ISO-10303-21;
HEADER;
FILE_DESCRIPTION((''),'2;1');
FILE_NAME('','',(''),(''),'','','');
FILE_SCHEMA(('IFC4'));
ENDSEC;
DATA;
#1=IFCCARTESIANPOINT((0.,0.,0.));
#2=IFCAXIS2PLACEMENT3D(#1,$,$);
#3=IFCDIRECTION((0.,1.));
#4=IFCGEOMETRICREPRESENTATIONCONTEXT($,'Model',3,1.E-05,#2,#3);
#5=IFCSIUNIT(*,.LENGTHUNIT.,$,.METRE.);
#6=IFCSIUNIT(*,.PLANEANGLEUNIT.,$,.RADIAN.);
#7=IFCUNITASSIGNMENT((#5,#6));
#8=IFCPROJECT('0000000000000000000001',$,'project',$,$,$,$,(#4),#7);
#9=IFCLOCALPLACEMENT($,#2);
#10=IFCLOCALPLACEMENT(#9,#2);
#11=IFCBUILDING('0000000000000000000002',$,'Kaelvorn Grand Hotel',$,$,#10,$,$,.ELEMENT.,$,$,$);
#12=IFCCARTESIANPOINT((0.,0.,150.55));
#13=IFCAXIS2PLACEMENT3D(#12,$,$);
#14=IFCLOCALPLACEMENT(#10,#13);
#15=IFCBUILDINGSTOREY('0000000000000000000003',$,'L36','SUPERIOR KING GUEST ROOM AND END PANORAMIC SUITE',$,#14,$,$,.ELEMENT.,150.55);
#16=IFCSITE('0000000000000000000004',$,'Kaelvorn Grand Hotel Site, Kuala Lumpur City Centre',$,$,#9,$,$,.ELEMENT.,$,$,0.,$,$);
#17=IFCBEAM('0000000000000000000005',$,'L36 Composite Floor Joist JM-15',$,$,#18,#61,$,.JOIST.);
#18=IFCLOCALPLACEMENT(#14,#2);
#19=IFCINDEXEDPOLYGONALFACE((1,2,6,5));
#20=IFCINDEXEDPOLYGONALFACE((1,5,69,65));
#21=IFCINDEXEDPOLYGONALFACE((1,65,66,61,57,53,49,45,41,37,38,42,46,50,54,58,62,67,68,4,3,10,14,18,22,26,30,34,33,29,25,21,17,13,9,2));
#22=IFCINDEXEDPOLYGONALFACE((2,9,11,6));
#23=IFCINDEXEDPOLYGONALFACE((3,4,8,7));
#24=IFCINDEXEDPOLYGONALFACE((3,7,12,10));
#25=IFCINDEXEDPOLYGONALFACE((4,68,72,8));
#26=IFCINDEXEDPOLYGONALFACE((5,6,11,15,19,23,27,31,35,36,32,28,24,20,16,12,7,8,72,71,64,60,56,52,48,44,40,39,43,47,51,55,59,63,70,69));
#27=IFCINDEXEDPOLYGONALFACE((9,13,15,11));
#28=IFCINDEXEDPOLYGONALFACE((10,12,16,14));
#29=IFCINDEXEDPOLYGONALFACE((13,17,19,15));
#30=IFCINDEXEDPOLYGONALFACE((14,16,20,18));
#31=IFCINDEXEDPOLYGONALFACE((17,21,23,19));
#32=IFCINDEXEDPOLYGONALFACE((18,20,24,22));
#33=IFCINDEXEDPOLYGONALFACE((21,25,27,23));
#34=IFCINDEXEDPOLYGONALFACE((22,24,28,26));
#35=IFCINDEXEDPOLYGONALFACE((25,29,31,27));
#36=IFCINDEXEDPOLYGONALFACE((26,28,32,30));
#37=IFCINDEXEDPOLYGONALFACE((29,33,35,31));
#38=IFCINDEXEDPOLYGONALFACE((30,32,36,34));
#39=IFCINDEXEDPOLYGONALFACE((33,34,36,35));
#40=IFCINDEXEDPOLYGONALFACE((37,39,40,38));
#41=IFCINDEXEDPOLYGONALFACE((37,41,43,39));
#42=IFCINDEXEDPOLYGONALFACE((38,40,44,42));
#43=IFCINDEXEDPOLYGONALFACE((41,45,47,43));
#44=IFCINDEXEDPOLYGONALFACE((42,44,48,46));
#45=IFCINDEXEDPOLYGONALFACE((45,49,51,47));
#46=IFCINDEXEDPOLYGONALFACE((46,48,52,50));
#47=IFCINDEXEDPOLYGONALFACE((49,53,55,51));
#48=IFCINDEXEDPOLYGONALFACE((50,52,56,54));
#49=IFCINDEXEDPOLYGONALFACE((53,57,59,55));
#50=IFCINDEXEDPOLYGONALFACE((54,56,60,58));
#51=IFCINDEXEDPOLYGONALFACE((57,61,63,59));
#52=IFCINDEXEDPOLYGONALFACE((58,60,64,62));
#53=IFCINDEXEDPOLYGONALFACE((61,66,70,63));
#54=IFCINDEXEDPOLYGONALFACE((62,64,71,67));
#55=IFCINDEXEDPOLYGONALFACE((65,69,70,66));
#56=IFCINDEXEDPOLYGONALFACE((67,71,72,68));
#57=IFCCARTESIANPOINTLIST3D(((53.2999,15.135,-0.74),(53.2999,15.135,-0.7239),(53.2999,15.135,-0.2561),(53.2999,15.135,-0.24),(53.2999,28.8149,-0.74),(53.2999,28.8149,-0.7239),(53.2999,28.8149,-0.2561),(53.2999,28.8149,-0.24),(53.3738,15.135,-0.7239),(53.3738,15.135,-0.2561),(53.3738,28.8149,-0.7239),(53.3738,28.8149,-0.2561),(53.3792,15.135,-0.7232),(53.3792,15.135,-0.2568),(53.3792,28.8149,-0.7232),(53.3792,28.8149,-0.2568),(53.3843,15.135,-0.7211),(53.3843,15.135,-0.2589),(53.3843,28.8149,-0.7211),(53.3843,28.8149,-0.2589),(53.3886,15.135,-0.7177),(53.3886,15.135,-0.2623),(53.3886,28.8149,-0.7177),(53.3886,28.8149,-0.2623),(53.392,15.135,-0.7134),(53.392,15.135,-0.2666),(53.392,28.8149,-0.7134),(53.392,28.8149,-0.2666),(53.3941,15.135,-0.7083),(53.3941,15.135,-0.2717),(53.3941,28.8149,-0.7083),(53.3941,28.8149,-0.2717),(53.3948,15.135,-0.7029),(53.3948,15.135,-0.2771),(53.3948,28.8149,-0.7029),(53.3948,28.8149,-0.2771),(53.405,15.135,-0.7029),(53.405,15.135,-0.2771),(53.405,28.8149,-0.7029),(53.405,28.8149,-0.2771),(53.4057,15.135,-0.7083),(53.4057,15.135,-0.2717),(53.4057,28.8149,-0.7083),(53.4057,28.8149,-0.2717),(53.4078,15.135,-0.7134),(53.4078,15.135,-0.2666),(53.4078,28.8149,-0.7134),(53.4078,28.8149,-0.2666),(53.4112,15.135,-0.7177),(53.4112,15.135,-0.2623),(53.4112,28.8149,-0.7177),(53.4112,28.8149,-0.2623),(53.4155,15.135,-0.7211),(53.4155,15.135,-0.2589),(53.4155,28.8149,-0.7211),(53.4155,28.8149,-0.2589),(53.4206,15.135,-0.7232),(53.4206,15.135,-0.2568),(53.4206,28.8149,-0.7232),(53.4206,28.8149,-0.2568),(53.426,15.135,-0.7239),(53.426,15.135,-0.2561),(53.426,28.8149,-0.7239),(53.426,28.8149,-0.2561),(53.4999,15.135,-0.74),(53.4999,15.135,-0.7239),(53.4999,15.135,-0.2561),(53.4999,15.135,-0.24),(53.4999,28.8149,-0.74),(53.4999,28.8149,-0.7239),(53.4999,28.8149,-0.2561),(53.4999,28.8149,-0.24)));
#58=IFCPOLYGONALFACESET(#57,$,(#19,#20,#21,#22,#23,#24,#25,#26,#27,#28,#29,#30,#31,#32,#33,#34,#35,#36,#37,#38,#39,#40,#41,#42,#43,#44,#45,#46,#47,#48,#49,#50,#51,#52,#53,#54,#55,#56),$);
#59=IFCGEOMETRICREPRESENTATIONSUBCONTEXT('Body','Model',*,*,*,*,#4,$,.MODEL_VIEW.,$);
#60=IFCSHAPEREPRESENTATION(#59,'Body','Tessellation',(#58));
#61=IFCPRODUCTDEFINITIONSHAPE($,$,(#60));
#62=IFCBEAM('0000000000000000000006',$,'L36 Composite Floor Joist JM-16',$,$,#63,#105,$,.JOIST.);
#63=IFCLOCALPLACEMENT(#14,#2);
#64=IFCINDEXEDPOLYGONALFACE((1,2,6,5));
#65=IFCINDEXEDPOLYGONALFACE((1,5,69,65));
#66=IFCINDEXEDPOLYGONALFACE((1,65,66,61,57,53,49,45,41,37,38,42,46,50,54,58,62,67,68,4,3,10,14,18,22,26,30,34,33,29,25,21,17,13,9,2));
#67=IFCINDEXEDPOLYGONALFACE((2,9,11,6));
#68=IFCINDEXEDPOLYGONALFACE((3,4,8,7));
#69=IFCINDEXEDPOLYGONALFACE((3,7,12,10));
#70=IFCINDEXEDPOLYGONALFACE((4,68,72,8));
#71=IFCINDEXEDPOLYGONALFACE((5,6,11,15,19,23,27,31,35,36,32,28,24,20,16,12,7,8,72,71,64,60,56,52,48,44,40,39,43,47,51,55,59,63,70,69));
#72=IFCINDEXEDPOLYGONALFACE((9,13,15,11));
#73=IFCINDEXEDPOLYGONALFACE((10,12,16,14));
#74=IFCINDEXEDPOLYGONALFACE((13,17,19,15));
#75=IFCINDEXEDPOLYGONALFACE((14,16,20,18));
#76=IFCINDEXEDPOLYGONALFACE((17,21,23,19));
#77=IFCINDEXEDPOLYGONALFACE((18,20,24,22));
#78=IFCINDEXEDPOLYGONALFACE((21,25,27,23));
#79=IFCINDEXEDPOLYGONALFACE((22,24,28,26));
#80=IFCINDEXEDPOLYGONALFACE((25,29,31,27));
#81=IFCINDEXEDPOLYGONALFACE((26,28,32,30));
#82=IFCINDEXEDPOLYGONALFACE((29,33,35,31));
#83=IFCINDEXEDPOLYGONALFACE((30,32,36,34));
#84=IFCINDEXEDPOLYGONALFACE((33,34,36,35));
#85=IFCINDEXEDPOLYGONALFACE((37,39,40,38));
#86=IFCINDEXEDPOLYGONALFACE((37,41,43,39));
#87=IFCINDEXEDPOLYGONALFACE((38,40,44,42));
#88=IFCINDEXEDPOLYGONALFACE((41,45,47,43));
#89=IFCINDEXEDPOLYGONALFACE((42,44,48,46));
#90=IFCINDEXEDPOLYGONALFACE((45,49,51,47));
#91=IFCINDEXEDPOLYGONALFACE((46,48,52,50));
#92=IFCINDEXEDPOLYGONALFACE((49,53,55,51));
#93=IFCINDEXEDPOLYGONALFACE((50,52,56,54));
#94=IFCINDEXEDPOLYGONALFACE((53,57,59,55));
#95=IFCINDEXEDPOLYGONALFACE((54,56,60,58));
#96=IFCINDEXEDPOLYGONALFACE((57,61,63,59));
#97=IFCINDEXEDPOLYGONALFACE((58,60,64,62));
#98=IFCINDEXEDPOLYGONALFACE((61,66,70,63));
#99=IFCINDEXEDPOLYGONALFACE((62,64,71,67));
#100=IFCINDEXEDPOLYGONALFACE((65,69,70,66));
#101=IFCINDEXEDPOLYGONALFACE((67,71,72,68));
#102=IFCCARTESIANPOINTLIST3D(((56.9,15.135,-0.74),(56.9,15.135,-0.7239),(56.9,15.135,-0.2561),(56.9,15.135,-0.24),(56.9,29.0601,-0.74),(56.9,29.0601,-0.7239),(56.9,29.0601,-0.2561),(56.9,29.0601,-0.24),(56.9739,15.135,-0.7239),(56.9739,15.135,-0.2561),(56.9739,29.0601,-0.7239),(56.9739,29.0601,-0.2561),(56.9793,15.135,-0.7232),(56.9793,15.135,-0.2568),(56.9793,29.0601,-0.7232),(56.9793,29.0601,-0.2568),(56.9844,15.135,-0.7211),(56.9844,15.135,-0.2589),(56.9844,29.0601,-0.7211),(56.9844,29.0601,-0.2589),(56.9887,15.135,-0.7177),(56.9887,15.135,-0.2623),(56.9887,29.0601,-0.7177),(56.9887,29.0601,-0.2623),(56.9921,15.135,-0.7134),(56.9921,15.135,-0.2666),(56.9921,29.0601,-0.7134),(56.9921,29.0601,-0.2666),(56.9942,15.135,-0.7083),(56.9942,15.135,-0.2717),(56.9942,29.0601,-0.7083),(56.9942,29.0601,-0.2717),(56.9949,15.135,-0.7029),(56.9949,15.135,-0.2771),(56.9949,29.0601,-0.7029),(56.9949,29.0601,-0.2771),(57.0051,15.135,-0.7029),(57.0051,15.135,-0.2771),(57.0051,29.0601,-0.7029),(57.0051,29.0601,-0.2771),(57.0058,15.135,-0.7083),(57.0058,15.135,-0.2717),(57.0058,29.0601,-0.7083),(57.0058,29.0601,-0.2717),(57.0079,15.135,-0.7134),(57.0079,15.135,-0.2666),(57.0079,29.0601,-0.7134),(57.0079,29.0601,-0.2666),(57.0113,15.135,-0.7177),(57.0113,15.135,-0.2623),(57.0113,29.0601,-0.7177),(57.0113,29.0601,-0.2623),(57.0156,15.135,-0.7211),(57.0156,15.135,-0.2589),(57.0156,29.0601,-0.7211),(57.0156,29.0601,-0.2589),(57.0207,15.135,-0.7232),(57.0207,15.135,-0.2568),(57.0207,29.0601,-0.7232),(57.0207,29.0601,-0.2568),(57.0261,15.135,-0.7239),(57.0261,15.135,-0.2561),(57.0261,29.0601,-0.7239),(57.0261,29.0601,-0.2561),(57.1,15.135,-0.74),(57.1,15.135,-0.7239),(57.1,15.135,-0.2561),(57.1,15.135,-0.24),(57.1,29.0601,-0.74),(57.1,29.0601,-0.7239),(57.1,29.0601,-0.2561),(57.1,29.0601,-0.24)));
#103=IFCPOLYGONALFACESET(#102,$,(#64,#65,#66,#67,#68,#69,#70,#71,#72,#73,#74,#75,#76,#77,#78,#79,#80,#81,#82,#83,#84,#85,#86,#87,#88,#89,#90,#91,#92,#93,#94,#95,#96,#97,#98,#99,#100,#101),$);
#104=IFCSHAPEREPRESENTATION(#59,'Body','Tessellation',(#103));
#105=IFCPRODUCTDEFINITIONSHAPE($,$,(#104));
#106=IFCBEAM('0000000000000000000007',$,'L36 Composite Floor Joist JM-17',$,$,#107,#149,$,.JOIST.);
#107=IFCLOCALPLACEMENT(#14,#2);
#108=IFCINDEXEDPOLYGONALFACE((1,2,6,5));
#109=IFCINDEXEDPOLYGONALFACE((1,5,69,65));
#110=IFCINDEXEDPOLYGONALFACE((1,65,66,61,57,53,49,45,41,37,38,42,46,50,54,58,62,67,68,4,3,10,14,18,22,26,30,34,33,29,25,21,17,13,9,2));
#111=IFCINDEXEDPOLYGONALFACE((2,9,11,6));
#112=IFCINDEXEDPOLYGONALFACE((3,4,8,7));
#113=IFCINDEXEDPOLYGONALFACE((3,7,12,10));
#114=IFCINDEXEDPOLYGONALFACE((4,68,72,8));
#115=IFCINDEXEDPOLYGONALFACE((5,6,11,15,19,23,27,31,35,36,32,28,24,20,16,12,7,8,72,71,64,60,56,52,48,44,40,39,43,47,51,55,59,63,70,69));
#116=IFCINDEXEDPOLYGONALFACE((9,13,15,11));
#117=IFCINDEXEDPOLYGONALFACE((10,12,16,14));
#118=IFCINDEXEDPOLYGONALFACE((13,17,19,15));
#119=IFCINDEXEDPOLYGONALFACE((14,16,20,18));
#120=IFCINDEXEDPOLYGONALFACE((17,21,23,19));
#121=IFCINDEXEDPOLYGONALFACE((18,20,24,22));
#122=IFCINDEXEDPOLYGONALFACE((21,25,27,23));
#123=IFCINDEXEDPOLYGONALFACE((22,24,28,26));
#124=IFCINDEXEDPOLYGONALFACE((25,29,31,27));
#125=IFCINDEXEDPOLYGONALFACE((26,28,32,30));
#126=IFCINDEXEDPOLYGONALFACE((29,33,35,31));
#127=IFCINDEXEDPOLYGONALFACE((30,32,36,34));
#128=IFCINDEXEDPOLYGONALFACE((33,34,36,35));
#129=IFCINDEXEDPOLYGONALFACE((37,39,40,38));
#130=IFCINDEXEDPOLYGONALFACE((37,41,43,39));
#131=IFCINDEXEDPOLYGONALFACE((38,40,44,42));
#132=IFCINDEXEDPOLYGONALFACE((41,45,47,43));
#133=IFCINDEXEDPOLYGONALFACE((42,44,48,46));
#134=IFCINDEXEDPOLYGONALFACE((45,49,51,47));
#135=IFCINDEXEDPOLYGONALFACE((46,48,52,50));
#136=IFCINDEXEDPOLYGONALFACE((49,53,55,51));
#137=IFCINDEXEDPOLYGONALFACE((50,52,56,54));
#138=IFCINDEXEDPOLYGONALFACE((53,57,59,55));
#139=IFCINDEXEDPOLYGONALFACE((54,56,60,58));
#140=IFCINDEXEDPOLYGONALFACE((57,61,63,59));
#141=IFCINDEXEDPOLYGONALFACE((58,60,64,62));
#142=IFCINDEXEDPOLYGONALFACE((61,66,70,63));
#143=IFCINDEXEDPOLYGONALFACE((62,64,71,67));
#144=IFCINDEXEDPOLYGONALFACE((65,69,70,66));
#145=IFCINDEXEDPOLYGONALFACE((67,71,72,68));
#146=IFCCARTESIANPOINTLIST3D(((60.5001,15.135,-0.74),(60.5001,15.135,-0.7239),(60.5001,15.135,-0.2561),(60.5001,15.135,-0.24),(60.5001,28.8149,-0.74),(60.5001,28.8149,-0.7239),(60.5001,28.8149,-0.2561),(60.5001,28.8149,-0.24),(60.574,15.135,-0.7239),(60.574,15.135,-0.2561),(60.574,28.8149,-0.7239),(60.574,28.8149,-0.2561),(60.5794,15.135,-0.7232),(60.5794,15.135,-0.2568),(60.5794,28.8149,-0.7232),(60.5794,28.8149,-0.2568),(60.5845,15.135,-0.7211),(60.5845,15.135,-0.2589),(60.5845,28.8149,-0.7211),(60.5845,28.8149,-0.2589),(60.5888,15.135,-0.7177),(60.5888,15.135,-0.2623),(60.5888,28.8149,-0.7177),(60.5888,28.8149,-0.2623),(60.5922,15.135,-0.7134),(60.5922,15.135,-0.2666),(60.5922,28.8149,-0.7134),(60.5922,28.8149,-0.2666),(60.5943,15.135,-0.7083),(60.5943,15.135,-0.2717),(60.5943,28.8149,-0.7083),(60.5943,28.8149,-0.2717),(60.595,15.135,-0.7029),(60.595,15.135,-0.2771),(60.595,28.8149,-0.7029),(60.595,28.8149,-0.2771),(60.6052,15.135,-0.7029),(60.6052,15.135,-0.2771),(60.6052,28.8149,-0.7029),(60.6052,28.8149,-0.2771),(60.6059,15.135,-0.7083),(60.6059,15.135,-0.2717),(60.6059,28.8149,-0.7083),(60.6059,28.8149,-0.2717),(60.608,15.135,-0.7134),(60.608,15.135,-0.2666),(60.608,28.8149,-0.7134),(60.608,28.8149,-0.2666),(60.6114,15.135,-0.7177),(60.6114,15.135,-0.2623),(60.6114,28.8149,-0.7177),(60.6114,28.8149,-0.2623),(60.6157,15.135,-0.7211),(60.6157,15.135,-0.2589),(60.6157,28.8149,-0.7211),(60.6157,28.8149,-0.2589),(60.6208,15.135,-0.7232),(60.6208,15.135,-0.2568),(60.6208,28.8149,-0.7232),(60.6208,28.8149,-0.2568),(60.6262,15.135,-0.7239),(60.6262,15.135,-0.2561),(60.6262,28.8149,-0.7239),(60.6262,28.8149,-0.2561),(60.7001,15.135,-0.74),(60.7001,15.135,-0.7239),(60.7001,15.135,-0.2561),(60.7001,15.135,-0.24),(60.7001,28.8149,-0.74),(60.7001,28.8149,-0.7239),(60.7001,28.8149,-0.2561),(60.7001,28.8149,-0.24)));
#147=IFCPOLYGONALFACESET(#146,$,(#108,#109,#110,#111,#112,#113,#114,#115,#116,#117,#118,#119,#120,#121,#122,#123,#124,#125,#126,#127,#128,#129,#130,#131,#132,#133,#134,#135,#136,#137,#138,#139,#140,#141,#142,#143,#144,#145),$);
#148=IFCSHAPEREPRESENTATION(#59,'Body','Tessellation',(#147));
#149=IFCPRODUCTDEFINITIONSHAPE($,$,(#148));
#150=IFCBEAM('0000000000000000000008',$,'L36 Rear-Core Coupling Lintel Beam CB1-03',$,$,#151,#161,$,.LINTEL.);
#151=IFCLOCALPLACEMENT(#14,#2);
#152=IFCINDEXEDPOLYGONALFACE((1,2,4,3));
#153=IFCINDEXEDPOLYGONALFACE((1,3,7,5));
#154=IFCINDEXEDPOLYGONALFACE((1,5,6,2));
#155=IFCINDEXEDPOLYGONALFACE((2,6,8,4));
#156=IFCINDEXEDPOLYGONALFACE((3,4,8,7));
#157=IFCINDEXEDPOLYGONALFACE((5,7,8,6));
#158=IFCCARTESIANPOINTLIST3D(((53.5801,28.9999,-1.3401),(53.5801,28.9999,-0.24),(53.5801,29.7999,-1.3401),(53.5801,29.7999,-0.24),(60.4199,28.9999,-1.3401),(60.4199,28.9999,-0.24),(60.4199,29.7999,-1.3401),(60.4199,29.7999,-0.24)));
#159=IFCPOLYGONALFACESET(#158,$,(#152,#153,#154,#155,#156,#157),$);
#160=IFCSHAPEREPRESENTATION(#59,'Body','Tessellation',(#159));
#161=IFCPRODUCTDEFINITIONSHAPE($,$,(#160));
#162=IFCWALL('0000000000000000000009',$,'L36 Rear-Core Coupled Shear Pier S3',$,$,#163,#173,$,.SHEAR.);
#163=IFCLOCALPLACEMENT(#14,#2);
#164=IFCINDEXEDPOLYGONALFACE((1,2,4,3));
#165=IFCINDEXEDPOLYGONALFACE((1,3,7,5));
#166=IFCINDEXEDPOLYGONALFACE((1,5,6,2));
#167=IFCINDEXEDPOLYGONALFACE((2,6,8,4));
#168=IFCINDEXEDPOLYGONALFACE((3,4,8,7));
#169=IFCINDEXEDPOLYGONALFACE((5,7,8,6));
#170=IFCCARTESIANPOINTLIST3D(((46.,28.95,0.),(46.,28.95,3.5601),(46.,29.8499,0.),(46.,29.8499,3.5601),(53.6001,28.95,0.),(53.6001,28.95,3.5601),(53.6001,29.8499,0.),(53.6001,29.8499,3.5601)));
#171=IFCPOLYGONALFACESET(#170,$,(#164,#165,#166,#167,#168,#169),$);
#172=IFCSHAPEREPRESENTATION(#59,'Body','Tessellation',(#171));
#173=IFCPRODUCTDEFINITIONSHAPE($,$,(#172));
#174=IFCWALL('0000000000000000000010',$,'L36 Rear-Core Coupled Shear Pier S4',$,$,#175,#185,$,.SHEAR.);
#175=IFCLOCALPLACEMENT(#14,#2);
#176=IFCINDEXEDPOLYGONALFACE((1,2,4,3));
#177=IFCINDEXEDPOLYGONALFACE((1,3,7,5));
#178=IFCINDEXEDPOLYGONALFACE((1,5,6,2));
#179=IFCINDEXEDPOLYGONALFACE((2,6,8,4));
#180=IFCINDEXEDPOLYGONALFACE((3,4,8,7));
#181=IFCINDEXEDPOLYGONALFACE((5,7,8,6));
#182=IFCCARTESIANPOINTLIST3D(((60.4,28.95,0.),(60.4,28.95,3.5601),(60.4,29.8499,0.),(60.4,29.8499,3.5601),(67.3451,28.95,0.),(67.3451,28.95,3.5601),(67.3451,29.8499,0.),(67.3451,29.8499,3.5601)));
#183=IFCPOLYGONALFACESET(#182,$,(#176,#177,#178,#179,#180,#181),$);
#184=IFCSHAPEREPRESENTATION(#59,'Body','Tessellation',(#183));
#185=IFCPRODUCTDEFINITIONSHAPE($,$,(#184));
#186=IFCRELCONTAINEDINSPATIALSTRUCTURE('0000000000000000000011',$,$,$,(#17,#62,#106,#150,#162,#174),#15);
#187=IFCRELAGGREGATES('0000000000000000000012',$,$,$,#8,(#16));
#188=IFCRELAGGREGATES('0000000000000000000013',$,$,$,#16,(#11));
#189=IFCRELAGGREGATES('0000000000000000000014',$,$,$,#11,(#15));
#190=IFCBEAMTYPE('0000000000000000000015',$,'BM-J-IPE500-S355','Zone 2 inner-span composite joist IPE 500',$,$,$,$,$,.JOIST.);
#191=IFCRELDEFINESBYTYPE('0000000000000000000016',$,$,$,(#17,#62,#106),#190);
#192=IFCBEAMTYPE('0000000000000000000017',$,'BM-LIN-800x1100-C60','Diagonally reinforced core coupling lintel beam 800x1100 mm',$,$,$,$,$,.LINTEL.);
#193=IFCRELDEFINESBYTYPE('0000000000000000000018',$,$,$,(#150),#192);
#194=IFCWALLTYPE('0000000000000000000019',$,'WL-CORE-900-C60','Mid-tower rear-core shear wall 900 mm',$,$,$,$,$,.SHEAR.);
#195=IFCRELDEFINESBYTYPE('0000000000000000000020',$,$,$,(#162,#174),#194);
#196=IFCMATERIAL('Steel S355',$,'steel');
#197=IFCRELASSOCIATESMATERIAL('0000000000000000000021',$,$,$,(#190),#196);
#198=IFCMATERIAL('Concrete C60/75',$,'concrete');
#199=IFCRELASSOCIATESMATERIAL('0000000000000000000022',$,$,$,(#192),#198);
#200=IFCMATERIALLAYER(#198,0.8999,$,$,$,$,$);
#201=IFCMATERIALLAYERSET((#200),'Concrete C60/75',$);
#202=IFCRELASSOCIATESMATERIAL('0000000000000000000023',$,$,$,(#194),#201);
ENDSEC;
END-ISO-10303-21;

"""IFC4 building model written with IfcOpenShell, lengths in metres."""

from ifc_helpers import new_model, si_unit, direction, frame, frame_2d, origin, origin_2d, place, context, subcontext, project, spatial, rectangle, i_section, extrude, material, layer, layer_set, material_profile, profile_set, type_object, element, save


model = new_model("IFC4")

# Units and contexts
model_context = context("Model", 3, precision=1e-05, world=origin(), true_north=direction((0.0, 1.0)))
body_context = subcontext(model_context, "Body", "Model", "MODEL_VIEW")
ifc_project = project(units=[si_unit("LENGTHUNIT", "METRE"), si_unit("PLANEANGLEUNIT", "RADIAN")], contexts=[model_context])

# Site, building, storey
site_placement = place(None, origin())
site = spatial("IfcSite", under=ifc_project, at=site_placement, Name="Kaelvorn Grand Hotel Site, Kuala Lumpur City Centre", CompositionType="ELEMENT", RefElevation=0.0)
building_placement = place(site_placement, origin())
building = spatial("IfcBuilding", under=site, at=building_placement, Name="Kaelvorn Grand Hotel", CompositionType="ELEMENT")
storey_placement = place(building_placement, frame((0.0, 0.0, 150.55)))
storey = spatial("IfcBuildingStorey", under=building, at=storey_placement, Name="L36", Description="SUPERIOR KING GUEST ROOM AND END PANORAMIC SUITE", CompositionType="ELEMENT", Elevation=150.55)

# Shared definitions
ifc_material_1 = material(Name="Concrete C60/75", Category="concrete")

# Beams
ifc_material_2 = material(Name="Steel S355", Category="steel")
ifc_material_profile_1 = material_profile(ifc_material_2, i_section(OverallWidth=0.2, OverallDepth=0.5, WebThickness=0.0103, FlangeThickness=0.0161, FilletRadius=0.021, at=origin_2d()), Name="IPE 500")
ifc_profile_set_1 = profile_set([ifc_material_profile_1], Name="Steel S355")
beam_type_1 = type_object("IfcBeamType", Name="BM-J-IPE500-S355", Description="Zone 2 inner-span composite joist IPE 500", PredefinedType="JOIST", material=ifc_profile_set_1)
beam_1_placement = place(storey_placement, frame((53.3999, 15.135, -0.49), z_axis=(0.0, 1.0, 0.0), x_axis=(-1.0, 0.0, 0.0)))
element("IfcBeam", 1, at=beam_1_placement, inside=storey, type_object=beam_type_1, Name="L36 Composite Floor Joist JM-15", PredefinedType="JOIST", context=body_context, shape_type="SweptSolid", body=[
    extrude(i_section(OverallWidth=0.2, OverallDepth=0.5, WebThickness=0.0103, FlangeThickness=0.0161, FilletRadius=0.021, at=origin_2d()), origin(), (0.0, 0.0, 1.0), 13.6799),
])
beam_2_placement = place(storey_placement, frame((57.0, 15.135, -0.49), z_axis=(0.0, 1.0, 0.0), x_axis=(-1.0, 0.0, 0.0)))
element("IfcBeam", 2, at=beam_2_placement, inside=storey, type_object=beam_type_1, Name="L36 Composite Floor Joist JM-16", PredefinedType="JOIST", context=body_context, shape_type="SweptSolid", body=[
    extrude(i_section(OverallWidth=0.2, OverallDepth=0.5, WebThickness=0.0103, FlangeThickness=0.0161, FilletRadius=0.021, at=origin_2d()), origin(), (0.0, 0.0, 1.0), 13.925),
])
beam_3_placement = place(storey_placement, frame((60.6001, 15.135, -0.49), z_axis=(0.0, 1.0, 0.0), x_axis=(-1.0, 0.0, 0.0)))
element("IfcBeam", 3, at=beam_3_placement, inside=storey, type_object=beam_type_1, Name="L36 Composite Floor Joist JM-17", PredefinedType="JOIST", context=body_context, shape_type="SweptSolid", body=[
    extrude(i_section(OverallWidth=0.2, OverallDepth=0.5, WebThickness=0.0103, FlangeThickness=0.0161, FilletRadius=0.021, at=origin_2d()), origin(), (0.0, 0.0, 1.0), 13.6799),
])
ifc_material_profile_2 = material_profile(ifc_material_1, rectangle(XDim=0.8, YDim=1.1001, at=origin_2d()), Name="RC LINTEL 800x1100")
ifc_profile_set_2 = profile_set([ifc_material_profile_2], Name="Concrete C60/75")
beam_type_2 = type_object("IfcBeamType", Name="BM-LIN-800x1100-C60", Description="Diagonally reinforced core coupling lintel beam 800x1100 mm", PredefinedType="LINTEL", material=ifc_profile_set_2)
beam_4_placement = place(storey_placement, frame((53.5801, 29.3999, -0.79), z_axis=(1.0, 0.0, 0.0), x_axis=(0.0, 1.0, 0.0)))
element("IfcBeam", 4, at=beam_4_placement, inside=storey, type_object=beam_type_2, Name="L36 Rear-Core Coupling Lintel Beam CB1-03", PredefinedType="LINTEL", context=body_context, shape_type="SweptSolid", body=[
    extrude(rectangle(XDim=0.8, YDim=1.1001, at=origin_2d()), origin(), (0.0, 0.0, 1.0), 6.8398),
])

# Walls
ifc_layer_1 = layer(ifc_material_1, 0.8999)
ifc_layer_set_1 = layer_set([ifc_layer_1], Name="Concrete C60/75")
wall_type_1 = type_object("IfcWallType", Name="WL-CORE-900-C60", Description="Mid-tower rear-core shear wall 900 mm", PredefinedType="SHEAR", material=ifc_layer_set_1)
wall_1_placement = place(storey_placement, frame((46.0, 29.3999, 0.0), z_axis=(0.0, 0.0, 1.0), x_axis=(1.0, 0.0, 0.0)))
element("IfcWall", 5, at=wall_1_placement, inside=storey, type_object=wall_type_1, Name="L36 Rear-Core Coupled Shear Pier S3", PredefinedType="SHEAR", context=body_context, shape_type="SweptSolid", body=[
    extrude(rectangle(XDim=7.6001, YDim=0.8999, at=frame_2d((3.8, 0.0))), origin(), (0.0, 0.0, 1.0), 3.5601),
])
wall_2_placement = place(storey_placement, frame((60.3999, 29.3999, 0.0), z_axis=(0.0, 0.0, 1.0), x_axis=(1.0, 0.0, 0.0)))
element("IfcWall", 6, at=wall_2_placement, inside=storey, type_object=wall_type_1, Name="L36 Rear-Core Coupled Shear Pier S4", PredefinedType="SHEAR", context=body_context, shape_type="SweptSolid", body=[
    extrude(rectangle(XDim=6.9451, YDim=0.8999, at=frame_2d((3.4727, 0.0))), origin(), (0.0, 0.0, 1.0), 3.5601),
])

save(model, "model.ifc")
